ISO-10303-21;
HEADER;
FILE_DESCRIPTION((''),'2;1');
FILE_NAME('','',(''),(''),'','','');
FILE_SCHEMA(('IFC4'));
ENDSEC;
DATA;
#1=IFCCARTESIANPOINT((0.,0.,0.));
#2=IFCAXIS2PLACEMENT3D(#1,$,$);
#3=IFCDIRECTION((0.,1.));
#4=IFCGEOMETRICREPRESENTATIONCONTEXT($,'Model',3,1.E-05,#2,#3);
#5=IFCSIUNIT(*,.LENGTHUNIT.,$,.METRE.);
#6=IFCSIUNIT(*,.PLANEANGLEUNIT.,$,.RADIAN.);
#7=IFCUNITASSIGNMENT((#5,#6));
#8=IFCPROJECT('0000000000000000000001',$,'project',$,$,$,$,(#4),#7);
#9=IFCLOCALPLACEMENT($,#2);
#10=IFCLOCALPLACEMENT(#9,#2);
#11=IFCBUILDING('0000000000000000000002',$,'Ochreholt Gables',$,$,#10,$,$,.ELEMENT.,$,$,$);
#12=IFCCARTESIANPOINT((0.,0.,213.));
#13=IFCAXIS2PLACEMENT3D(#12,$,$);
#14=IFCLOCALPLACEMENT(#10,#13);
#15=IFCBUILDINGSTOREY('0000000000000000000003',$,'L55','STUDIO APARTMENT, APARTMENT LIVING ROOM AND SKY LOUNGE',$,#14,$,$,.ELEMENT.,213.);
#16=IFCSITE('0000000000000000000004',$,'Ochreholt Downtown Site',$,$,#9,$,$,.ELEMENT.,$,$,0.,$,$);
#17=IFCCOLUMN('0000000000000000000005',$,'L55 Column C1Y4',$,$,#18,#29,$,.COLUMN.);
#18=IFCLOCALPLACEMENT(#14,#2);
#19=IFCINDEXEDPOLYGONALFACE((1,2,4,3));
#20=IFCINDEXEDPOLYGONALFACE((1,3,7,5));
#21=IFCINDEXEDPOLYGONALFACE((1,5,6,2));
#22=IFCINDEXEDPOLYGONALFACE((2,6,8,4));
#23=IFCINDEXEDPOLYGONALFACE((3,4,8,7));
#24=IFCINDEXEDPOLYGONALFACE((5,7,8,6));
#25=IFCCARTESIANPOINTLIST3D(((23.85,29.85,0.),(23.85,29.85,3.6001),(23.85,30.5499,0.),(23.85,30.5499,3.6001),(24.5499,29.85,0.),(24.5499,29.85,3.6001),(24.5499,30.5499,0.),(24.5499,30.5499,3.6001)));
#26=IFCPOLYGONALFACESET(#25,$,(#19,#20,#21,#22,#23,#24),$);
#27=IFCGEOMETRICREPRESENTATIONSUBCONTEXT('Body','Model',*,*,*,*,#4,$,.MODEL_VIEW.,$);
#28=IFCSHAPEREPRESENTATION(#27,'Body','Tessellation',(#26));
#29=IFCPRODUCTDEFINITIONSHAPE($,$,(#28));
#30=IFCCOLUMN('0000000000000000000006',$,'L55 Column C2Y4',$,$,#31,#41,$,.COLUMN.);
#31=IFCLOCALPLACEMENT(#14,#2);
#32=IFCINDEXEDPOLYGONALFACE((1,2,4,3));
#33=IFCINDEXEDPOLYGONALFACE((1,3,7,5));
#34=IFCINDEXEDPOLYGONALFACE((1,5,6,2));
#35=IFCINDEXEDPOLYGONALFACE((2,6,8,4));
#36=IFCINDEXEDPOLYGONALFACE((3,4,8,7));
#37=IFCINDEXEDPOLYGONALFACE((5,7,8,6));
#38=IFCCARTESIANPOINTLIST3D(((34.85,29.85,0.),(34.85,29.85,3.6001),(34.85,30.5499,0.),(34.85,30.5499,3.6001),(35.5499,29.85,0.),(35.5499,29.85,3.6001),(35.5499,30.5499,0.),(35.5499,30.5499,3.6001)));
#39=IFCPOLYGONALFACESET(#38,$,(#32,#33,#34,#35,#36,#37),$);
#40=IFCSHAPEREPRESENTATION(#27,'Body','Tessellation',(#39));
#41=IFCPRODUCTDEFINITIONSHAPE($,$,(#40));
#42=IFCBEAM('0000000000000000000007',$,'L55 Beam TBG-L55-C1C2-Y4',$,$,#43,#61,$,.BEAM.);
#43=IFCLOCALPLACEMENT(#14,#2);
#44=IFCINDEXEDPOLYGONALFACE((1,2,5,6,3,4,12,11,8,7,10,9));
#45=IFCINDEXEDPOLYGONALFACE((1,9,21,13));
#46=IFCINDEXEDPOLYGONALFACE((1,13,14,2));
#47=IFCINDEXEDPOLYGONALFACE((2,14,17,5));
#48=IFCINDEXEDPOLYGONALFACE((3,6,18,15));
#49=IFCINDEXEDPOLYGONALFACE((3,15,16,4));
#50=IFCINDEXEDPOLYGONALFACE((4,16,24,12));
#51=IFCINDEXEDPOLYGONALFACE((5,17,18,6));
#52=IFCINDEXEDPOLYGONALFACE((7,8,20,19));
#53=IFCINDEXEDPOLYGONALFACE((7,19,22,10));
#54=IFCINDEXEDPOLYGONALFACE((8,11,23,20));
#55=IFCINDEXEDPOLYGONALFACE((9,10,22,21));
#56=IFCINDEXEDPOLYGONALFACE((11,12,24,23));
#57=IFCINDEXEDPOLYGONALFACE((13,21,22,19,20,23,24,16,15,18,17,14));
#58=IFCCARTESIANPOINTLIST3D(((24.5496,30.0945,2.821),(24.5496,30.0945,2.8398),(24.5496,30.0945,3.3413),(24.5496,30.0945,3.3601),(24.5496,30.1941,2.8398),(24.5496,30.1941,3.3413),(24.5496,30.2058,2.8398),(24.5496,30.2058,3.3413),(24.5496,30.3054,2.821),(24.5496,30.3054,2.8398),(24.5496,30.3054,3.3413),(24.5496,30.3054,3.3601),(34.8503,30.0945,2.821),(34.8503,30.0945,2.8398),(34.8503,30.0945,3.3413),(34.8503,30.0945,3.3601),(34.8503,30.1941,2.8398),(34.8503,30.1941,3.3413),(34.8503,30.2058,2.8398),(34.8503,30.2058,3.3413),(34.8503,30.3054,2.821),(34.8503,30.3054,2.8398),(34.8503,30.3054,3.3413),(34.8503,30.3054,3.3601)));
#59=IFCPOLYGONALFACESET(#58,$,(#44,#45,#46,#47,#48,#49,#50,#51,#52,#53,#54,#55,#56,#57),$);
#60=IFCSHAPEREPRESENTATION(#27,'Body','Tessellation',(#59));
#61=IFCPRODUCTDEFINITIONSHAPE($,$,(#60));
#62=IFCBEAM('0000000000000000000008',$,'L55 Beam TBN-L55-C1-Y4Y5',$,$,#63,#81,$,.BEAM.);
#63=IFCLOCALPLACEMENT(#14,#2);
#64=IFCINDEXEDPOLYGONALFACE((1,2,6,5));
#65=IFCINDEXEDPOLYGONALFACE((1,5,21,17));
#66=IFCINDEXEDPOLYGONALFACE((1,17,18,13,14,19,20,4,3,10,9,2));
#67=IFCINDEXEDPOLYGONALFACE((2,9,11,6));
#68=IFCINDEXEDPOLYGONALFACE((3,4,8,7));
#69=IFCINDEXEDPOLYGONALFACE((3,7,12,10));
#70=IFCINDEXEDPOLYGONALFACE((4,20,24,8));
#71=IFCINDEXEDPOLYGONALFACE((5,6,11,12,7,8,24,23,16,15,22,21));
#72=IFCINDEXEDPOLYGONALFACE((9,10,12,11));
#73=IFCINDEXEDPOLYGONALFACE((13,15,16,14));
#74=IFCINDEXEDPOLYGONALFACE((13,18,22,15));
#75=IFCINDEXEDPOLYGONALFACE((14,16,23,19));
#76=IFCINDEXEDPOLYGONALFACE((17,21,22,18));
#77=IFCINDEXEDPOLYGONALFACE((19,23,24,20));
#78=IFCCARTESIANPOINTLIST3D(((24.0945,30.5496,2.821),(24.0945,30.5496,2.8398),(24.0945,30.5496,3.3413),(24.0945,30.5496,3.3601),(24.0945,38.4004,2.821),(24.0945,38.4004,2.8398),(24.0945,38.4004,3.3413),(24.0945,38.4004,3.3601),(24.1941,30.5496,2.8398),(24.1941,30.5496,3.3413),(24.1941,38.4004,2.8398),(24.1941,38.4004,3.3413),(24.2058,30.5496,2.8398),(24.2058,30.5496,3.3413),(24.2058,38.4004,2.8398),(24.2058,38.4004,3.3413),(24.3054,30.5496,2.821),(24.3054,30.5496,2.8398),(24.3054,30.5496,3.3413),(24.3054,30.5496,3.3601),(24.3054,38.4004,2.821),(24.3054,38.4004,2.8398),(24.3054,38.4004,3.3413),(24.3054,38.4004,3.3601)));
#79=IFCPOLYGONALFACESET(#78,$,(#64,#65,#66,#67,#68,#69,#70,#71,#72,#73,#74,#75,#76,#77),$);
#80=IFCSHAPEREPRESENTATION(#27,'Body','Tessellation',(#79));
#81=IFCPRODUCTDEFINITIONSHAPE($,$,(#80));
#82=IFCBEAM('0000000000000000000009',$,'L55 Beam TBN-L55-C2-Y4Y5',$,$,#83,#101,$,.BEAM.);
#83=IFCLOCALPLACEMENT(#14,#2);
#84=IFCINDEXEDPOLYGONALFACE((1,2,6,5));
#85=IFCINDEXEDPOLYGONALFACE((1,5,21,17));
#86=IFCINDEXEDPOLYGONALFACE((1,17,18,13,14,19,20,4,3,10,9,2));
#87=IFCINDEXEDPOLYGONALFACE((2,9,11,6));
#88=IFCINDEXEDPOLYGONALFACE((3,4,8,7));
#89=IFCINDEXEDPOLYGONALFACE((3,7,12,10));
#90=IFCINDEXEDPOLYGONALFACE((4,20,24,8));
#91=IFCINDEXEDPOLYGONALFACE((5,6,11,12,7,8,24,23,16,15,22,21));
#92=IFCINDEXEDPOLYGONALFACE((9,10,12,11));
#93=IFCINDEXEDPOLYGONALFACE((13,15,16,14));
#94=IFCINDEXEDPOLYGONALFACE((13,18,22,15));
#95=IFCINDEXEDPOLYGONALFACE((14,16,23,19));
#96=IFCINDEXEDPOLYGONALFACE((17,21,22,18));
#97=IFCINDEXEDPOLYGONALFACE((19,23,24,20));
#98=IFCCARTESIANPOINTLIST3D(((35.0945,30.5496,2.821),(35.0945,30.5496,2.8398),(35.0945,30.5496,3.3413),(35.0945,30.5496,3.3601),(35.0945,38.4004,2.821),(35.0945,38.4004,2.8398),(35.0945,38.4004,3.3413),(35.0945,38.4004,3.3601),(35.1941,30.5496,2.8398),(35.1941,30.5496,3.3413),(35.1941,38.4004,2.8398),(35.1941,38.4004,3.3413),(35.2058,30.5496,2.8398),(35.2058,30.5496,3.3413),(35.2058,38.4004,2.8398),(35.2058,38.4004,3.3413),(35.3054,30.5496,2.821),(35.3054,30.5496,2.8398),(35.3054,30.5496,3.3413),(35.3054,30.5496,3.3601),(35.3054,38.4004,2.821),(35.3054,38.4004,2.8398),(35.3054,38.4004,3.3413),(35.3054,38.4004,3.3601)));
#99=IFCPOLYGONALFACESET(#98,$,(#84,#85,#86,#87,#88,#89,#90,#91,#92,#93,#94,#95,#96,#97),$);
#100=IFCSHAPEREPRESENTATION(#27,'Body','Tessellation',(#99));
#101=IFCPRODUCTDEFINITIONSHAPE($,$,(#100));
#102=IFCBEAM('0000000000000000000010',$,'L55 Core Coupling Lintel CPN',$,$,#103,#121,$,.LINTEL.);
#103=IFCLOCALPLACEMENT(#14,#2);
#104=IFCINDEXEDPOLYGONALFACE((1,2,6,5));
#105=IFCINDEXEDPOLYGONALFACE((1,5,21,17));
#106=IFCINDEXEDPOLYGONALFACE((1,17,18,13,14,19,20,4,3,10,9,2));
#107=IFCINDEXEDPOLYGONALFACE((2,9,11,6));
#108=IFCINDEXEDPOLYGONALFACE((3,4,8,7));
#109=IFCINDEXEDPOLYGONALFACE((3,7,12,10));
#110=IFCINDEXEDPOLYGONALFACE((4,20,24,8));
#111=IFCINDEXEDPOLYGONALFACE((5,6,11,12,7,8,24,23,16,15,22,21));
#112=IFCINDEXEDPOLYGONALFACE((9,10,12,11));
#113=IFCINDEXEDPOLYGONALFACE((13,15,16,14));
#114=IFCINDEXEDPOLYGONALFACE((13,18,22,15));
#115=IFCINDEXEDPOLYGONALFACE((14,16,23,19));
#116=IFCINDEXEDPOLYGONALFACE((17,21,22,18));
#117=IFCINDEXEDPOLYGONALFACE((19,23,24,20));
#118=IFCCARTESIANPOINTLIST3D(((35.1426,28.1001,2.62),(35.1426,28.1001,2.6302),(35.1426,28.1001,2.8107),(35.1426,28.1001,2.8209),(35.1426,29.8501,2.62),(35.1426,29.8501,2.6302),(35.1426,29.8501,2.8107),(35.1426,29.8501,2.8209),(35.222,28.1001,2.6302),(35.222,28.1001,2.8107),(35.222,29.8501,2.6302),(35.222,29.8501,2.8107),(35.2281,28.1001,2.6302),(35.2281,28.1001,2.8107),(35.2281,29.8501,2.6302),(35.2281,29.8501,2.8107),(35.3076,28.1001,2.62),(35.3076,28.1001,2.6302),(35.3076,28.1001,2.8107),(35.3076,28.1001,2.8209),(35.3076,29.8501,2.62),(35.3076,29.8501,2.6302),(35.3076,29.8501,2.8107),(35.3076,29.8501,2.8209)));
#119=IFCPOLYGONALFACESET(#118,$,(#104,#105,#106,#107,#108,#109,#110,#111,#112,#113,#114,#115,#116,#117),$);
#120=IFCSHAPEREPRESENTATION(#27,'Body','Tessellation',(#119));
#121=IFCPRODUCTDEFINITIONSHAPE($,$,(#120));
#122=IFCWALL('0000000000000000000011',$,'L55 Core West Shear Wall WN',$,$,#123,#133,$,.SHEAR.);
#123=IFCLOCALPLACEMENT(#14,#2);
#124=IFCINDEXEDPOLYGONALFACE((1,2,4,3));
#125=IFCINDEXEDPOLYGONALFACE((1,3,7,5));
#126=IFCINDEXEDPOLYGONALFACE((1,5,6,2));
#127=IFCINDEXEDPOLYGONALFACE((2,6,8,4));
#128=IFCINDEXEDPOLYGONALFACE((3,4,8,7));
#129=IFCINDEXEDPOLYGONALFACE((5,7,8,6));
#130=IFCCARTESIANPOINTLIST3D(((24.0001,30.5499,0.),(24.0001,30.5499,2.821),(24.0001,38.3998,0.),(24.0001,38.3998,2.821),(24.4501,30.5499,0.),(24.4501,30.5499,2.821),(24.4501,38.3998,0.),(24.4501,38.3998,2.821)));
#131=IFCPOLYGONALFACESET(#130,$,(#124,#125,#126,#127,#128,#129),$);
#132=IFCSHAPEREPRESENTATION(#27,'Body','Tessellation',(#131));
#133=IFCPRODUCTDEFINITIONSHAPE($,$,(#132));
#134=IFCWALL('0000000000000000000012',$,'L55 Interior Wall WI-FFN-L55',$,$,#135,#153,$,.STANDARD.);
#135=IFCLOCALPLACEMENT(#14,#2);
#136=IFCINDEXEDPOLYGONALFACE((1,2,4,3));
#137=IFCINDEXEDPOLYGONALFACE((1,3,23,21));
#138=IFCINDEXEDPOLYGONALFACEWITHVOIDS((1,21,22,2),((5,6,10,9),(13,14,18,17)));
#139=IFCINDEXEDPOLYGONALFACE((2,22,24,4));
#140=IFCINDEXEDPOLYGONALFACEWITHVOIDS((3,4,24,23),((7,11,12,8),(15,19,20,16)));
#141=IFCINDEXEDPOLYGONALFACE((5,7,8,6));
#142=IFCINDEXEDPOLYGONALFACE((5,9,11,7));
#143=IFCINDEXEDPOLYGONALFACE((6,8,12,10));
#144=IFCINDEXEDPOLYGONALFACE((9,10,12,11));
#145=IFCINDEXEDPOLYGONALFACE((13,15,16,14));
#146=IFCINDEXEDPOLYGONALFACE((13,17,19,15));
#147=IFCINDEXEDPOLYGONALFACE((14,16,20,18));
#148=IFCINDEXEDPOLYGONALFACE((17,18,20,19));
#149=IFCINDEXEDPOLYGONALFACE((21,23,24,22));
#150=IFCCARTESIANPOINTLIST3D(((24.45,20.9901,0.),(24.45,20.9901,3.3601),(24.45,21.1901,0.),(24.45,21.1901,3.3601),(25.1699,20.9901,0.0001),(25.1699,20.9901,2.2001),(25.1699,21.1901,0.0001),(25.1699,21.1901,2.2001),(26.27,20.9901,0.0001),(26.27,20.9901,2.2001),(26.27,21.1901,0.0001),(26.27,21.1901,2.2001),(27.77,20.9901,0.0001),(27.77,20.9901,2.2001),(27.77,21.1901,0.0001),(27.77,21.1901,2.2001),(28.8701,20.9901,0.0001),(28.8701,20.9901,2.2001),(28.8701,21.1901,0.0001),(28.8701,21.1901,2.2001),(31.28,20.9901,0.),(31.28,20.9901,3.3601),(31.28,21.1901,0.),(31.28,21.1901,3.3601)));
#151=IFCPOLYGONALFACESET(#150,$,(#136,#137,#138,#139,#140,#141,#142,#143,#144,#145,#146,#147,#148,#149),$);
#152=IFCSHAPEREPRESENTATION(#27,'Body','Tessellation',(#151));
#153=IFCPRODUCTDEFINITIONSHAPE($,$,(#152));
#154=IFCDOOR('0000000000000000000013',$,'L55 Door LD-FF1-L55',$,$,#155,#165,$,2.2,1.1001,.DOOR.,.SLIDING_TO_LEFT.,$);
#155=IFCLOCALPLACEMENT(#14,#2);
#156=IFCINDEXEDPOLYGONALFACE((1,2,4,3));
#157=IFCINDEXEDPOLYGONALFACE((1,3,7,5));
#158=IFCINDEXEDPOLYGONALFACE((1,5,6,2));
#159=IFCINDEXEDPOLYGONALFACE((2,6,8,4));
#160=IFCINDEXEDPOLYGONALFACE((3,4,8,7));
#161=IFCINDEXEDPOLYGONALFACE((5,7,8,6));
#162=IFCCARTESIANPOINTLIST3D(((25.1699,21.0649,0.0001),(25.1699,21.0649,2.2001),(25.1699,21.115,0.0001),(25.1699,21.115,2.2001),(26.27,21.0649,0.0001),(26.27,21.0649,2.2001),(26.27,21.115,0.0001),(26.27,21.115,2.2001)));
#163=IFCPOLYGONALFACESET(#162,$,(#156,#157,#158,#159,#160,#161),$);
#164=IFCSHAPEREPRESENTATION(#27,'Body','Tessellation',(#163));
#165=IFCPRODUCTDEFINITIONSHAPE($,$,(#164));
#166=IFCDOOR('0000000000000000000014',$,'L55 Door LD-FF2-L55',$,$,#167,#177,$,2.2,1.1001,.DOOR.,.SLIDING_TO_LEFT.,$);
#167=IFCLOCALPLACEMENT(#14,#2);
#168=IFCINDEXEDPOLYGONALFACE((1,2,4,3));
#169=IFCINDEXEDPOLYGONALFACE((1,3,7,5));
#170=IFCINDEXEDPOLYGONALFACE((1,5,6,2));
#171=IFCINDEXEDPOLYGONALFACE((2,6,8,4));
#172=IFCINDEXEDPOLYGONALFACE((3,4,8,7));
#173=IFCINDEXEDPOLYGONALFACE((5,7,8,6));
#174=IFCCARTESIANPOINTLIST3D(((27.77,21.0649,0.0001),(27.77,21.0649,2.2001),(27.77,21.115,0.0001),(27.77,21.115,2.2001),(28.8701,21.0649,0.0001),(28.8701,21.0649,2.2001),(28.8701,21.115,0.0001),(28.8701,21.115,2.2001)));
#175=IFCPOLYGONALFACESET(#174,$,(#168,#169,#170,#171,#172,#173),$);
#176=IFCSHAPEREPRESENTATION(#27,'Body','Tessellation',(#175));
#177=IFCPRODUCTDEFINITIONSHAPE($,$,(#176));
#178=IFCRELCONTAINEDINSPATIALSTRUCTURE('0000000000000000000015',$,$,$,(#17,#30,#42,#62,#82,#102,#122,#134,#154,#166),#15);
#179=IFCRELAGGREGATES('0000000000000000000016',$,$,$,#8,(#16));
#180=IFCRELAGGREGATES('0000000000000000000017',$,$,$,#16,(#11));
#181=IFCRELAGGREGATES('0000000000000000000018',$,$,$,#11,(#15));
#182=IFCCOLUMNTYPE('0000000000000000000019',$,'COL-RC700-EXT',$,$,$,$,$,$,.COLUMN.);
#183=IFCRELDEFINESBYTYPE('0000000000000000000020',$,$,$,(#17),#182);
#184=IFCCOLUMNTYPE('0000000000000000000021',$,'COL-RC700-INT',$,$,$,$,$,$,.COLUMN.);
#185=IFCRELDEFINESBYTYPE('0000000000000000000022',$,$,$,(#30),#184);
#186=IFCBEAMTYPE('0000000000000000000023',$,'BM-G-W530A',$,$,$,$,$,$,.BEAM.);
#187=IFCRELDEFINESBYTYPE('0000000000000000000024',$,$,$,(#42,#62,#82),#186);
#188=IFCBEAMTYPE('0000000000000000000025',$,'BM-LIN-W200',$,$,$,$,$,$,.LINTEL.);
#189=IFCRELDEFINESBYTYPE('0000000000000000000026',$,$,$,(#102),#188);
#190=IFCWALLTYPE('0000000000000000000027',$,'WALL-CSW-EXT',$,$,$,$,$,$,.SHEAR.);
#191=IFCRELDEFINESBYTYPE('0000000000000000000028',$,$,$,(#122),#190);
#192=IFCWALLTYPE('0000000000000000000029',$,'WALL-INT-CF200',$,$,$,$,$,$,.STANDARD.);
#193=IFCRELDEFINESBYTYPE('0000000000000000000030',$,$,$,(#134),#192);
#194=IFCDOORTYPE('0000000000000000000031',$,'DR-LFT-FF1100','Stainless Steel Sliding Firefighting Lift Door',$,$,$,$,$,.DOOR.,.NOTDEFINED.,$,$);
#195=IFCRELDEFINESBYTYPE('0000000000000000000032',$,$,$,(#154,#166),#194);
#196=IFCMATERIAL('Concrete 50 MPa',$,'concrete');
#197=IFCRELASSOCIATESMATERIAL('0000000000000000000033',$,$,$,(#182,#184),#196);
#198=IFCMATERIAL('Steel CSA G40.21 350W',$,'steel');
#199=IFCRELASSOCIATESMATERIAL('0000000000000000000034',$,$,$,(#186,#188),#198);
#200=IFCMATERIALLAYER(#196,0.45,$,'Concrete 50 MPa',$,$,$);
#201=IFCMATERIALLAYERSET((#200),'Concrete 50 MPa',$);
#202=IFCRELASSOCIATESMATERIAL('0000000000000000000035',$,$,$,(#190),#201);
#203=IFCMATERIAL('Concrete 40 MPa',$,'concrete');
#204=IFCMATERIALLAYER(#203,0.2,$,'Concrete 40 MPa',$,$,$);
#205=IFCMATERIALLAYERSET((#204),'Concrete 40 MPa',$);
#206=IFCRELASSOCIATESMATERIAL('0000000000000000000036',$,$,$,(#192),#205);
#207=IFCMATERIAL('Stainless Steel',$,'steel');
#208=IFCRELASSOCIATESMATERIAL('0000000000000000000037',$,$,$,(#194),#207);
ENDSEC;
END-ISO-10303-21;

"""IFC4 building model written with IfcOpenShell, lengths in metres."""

from ifc_helpers import new_model, si_unit, direction, frame, frame_2d, origin, origin_2d, place, context, subcontext, project, spatial, rectangle, i_section, extrude, material, layer, layer_set, material_profile, profile_set, type_object, element, fill, save


model = new_model("IFC4")

# Units and contexts
model_context = context("Model", 3, precision=1e-05, world=origin(), true_north=direction((0.0, 1.0)))
body_context = subcontext(model_context, "Body", "Model", "MODEL_VIEW")
ifc_project = project(units=[si_unit("LENGTHUNIT", "METRE"), si_unit("PLANEANGLEUNIT", "RADIAN")], contexts=[model_context])

# Site, building, storey
site_placement = place(None, origin())
site = spatial("IfcSite", under=ifc_project, at=site_placement, Name="Ochreholt Downtown Site", CompositionType="ELEMENT", RefElevation=0.0)
building_placement = place(site_placement, origin())
building = spatial("IfcBuilding", under=site, at=building_placement, Name="Ochreholt Gables", CompositionType="ELEMENT")
storey_placement = place(building_placement, frame((0.0, 0.0, 213.0)))
storey = spatial("IfcBuildingStorey", under=building, at=storey_placement, Name="L55", Description="STUDIO APARTMENT, APARTMENT LIVING ROOM AND SKY LOUNGE", CompositionType="ELEMENT", Elevation=213.0)

# Columns
ifc_material_1 = material(Name="Concrete 50 MPa", Category="concrete")
ifc_material_profile_1 = material_profile(ifc_material_1, rectangle(XDim=0.7, YDim=0.7, at=origin_2d()), Name="RC700X700")
ifc_profile_set_1 = profile_set([ifc_material_profile_1], Name="Concrete 50 MPa")
column_type_1 = type_object("IfcColumnType", Name="COL-RC700-EXT", PredefinedType="COLUMN", material=ifc_profile_set_1)
column_1_placement = place(storey_placement, frame((24.2, 30.2, 0.0), z_axis=(0.0, 0.0, 1.0), x_axis=(1.0, 0.0, 0.0)))
element("IfcColumn", 1, at=column_1_placement, inside=storey, type_object=column_type_1, Name="L55 Column C1Y4", PredefinedType="COLUMN", context=body_context, shape_type="SweptSolid", body=[
    extrude(rectangle(XDim=0.7, YDim=0.7, at=origin_2d()), origin(), (0.0, 0.0, 1.0), 3.6001),
])
ifc_material_profile_2 = material_profile(ifc_material_1, rectangle(XDim=0.7, YDim=0.7, at=origin_2d()), Name="RC700X700")
ifc_profile_set_2 = profile_set([ifc_material_profile_2], Name="Concrete 50 MPa")
column_type_2 = type_object("IfcColumnType", Name="COL-RC700-INT", PredefinedType="COLUMN", material=ifc_profile_set_2)
column_2_placement = place(storey_placement, frame((35.2, 30.2, 0.0), z_axis=(0.0, 0.0, 1.0), x_axis=(1.0, 0.0, 0.0)))
element("IfcColumn", 2, at=column_2_placement, inside=storey, type_object=column_type_2, Name="L55 Column C2Y4", PredefinedType="COLUMN", context=body_context, shape_type="SweptSolid", body=[
    extrude(rectangle(XDim=0.7, YDim=0.7, at=origin_2d()), origin(), (0.0, 0.0, 1.0), 3.6001),
])

# Beams
ifc_material_2 = material(Name="Steel CSA G40.21 350W", Category="steel")
ifc_material_profile_3 = material_profile(ifc_material_2, i_section(OverallWidth=0.2109, OverallDepth=0.5391, WebThickness=0.0117, FlangeThickness=0.0188, at=origin_2d()), Name="W530X109")
ifc_profile_set_3 = profile_set([ifc_material_profile_3], Name="Steel CSA G40.21 350W")
beam_type_1 = type_object("IfcBeamType", Name="BM-G-W530A", PredefinedType="BEAM", material=ifc_profile_set_3)
beam_1_placement = place(storey_placement, frame((24.5496, 30.2, 3.0906), z_axis=(1.0, 0.0, 0.0), x_axis=(0.0, 1.0, 0.0)))
element("IfcBeam", 3, at=beam_1_placement, inside=storey, type_object=beam_type_1, Name="L55 Beam TBG-L55-C1C2-Y4", PredefinedType="BEAM", context=body_context, shape_type="SweptSolid", body=[
    extrude(i_section(OverallWidth=0.2109, OverallDepth=0.5391, WebThickness=0.0117, FlangeThickness=0.0188, at=origin_2d()), origin(), (0.0, 0.0, 1.0), 10.3008),
])
for number, where, z_axis, x_axis, name in (
    (4, (24.2, 30.5496, 3.0906), (0.0, 1.0, 0.0), (-1.0, 0.0, 0.0), "L55 Beam TBN-L55-C1-Y4Y5"),
    (5, (35.2, 30.5496, 3.0906), (0.0, 1.0, 0.0), (-1.0, 0.0, 0.0), "L55 Beam TBN-L55-C2-Y4Y5"),
):
    element("IfcBeam", number, at=place(storey_placement, frame(where, z_axis=z_axis, x_axis=x_axis)), inside=storey, type_object=beam_type_1, Name=name, PredefinedType="BEAM", context=body_context, shape_type="SweptSolid", body=[
        extrude(i_section(OverallWidth=0.2109, OverallDepth=0.5391, WebThickness=0.0117, FlangeThickness=0.0188, at=origin_2d()), origin(), (0.0, 0.0, 1.0), 7.8508),
    ])
ifc_material_profile_4 = material_profile(ifc_material_2, i_section(OverallWidth=0.165, OverallDepth=0.2009, WebThickness=0.0061, FlangeThickness=0.0103, at=origin_2d()), Name="W200X36")
ifc_profile_set_4 = profile_set([ifc_material_profile_4], Name="Steel CSA G40.21 350W")
beam_type_2 = type_object("IfcBeamType", Name="BM-LIN-W200", PredefinedType="LINTEL", material=ifc_profile_set_4)
beam_2_placement = place(storey_placement, frame((35.2251, 28.1001, 2.7205), z_axis=(0.0, 1.0, 0.0), x_axis=(-1.0, 0.0, 0.0)))
element("IfcBeam", 6, at=beam_2_placement, inside=storey, type_object=beam_type_2, Name="L55 Core Coupling Lintel CPN", PredefinedType="LINTEL", context=body_context, shape_type="SweptSolid", body=[
    extrude(i_section(OverallWidth=0.165, OverallDepth=0.2009, WebThickness=0.0061, FlangeThickness=0.0103, at=origin_2d()), origin(), (0.0, 0.0, 1.0), 1.75),
])

# Wall
ifc_layer_1 = layer(ifc_material_1, 0.45, Name="Concrete 50 MPa")
ifc_layer_set_1 = layer_set([ifc_layer_1], Name="Concrete 50 MPa")
wall_type_1 = type_object("IfcWallType", Name="WALL-CSW-EXT", PredefinedType="SHEAR", material=ifc_layer_set_1)
wall_1_placement = place(storey_placement, frame((24.2251, 30.55, 0.0), z_axis=(0.0, 0.0, 1.0), x_axis=(0.0, 1.0, 0.0)))
element("IfcWall", 7, at=wall_1_placement, inside=storey, type_object=wall_type_1, Name="L55 Core West Shear Wall WN", PredefinedType="SHEAR", context=body_context, shape_type="SweptSolid", body=[
    extrude(rectangle(XDim=7.8499, YDim=0.45, at=frame_2d((3.9248, 0.0))), origin(), (0.0, 0.0, 1.0), 2.821),
])

# Wall, openings, doors
ifc_material_3 = material(Name="Concrete 40 MPa", Category="concrete")
ifc_layer_2 = layer(ifc_material_3, 0.2, Name="Concrete 40 MPa")
ifc_layer_set_2 = layer_set([ifc_layer_2], Name="Concrete 40 MPa")
wall_type_2 = type_object("IfcWallType", Name="WALL-INT-CF200", PredefinedType="STANDARD", material=ifc_layer_set_2)
wall_2_placement = place(storey_placement, frame((24.45, 21.0901, 0.0), z_axis=(0.0, 0.0, 1.0), x_axis=(1.0, 0.0, 0.0)))
wall_2 = element("IfcWall", 8, at=wall_2_placement, inside=storey, type_object=wall_type_2, Name="L55 Interior Wall WI-FFN-L55", PredefinedType="STANDARD", context=body_context, shape_type="SweptSolid", body=[
    extrude(rectangle(XDim=6.8301, YDim=0.2, at=frame_2d((3.415, 0.0))), origin(), (0.0, 0.0, 1.0), 3.3601),
])
opening_1_placement = place(wall_2_placement, frame((0.72, 0.0, 0.0)))
opening_1 = element("IfcOpeningElement", 9, at=opening_1_placement, cuts=wall_2, PredefinedType="OPENING", context=body_context, shape_type="SweptSolid", body=[
    extrude(rectangle(XDim=1.1001, YDim=2.2, at=frame_2d((0.55, 1.1001))), frame((0.0, 0.1099, 0.0), z_axis=(0.0, -1.0, 0.0), x_axis=(1.0, 0.0, 0.0)), (0.0, 0.0, 1.0), 0.22),
])
opening_2_placement = place(wall_2_placement, frame((3.3201, 0.0, 0.0)))
opening_2 = element("IfcOpeningElement", 10, at=opening_2_placement, cuts=wall_2, PredefinedType="OPENING", context=body_context, shape_type="SweptSolid", body=[
    extrude(rectangle(XDim=1.1001, YDim=2.2, at=frame_2d((0.55, 1.1001))), frame((0.0, 0.1099, 0.0), z_axis=(0.0, -1.0, 0.0), x_axis=(1.0, 0.0, 0.0)), (0.0, 0.0, 1.0), 0.22),
])
ifc_material_4 = material(Name="Stainless Steel", Category="steel")
door_type_1 = type_object("IfcDoorType", Name="DR-LFT-FF1100", Description="Stainless Steel Sliding Firefighting Lift Door", OperationType="NOTDEFINED", PredefinedType="DOOR", material=ifc_material_4)
door_1_placement = place(opening_1_placement, origin())
door_1 = element("IfcDoor", 11, at=door_1_placement, inside=storey, type_object=door_type_1, Name="L55 Door LD-FF1-L55", OperationType="SLIDING_TO_LEFT", OverallHeight=2.2, OverallWidth=1.1001, PredefinedType="DOOR", context=body_context, shape_type="SweptSolid", body=[
    extrude(rectangle(XDim=1.1001, YDim=2.2, at=frame_2d((0.55, 1.1001))), frame((0.0, 0.0249, 0.0), z_axis=(0.0, -1.0, 0.0), x_axis=(1.0, 0.0, 0.0)), (0.0, 0.0, 1.0), 0.05),
])
fill(opening_1, door_1)
door_2_placement = place(opening_2_placement, origin())
door_2 = element("IfcDoor", 12, at=door_2_placement, inside=storey, type_object=door_type_1, Name="L55 Door LD-FF2-L55", OperationType="SLIDING_TO_LEFT", OverallHeight=2.2, OverallWidth=1.1001, PredefinedType="DOOR", context=body_context, shape_type="SweptSolid", body=[
    extrude(rectangle(XDim=1.1001, YDim=2.2, at=frame_2d((0.55, 1.1001))), frame((0.0, 0.0249, 0.0), z_axis=(0.0, -1.0, 0.0), x_axis=(1.0, 0.0, 0.0)), (0.0, 0.0, 1.0), 0.05),
])
fill(opening_2, door_2)

save(model, "model.ifc")
